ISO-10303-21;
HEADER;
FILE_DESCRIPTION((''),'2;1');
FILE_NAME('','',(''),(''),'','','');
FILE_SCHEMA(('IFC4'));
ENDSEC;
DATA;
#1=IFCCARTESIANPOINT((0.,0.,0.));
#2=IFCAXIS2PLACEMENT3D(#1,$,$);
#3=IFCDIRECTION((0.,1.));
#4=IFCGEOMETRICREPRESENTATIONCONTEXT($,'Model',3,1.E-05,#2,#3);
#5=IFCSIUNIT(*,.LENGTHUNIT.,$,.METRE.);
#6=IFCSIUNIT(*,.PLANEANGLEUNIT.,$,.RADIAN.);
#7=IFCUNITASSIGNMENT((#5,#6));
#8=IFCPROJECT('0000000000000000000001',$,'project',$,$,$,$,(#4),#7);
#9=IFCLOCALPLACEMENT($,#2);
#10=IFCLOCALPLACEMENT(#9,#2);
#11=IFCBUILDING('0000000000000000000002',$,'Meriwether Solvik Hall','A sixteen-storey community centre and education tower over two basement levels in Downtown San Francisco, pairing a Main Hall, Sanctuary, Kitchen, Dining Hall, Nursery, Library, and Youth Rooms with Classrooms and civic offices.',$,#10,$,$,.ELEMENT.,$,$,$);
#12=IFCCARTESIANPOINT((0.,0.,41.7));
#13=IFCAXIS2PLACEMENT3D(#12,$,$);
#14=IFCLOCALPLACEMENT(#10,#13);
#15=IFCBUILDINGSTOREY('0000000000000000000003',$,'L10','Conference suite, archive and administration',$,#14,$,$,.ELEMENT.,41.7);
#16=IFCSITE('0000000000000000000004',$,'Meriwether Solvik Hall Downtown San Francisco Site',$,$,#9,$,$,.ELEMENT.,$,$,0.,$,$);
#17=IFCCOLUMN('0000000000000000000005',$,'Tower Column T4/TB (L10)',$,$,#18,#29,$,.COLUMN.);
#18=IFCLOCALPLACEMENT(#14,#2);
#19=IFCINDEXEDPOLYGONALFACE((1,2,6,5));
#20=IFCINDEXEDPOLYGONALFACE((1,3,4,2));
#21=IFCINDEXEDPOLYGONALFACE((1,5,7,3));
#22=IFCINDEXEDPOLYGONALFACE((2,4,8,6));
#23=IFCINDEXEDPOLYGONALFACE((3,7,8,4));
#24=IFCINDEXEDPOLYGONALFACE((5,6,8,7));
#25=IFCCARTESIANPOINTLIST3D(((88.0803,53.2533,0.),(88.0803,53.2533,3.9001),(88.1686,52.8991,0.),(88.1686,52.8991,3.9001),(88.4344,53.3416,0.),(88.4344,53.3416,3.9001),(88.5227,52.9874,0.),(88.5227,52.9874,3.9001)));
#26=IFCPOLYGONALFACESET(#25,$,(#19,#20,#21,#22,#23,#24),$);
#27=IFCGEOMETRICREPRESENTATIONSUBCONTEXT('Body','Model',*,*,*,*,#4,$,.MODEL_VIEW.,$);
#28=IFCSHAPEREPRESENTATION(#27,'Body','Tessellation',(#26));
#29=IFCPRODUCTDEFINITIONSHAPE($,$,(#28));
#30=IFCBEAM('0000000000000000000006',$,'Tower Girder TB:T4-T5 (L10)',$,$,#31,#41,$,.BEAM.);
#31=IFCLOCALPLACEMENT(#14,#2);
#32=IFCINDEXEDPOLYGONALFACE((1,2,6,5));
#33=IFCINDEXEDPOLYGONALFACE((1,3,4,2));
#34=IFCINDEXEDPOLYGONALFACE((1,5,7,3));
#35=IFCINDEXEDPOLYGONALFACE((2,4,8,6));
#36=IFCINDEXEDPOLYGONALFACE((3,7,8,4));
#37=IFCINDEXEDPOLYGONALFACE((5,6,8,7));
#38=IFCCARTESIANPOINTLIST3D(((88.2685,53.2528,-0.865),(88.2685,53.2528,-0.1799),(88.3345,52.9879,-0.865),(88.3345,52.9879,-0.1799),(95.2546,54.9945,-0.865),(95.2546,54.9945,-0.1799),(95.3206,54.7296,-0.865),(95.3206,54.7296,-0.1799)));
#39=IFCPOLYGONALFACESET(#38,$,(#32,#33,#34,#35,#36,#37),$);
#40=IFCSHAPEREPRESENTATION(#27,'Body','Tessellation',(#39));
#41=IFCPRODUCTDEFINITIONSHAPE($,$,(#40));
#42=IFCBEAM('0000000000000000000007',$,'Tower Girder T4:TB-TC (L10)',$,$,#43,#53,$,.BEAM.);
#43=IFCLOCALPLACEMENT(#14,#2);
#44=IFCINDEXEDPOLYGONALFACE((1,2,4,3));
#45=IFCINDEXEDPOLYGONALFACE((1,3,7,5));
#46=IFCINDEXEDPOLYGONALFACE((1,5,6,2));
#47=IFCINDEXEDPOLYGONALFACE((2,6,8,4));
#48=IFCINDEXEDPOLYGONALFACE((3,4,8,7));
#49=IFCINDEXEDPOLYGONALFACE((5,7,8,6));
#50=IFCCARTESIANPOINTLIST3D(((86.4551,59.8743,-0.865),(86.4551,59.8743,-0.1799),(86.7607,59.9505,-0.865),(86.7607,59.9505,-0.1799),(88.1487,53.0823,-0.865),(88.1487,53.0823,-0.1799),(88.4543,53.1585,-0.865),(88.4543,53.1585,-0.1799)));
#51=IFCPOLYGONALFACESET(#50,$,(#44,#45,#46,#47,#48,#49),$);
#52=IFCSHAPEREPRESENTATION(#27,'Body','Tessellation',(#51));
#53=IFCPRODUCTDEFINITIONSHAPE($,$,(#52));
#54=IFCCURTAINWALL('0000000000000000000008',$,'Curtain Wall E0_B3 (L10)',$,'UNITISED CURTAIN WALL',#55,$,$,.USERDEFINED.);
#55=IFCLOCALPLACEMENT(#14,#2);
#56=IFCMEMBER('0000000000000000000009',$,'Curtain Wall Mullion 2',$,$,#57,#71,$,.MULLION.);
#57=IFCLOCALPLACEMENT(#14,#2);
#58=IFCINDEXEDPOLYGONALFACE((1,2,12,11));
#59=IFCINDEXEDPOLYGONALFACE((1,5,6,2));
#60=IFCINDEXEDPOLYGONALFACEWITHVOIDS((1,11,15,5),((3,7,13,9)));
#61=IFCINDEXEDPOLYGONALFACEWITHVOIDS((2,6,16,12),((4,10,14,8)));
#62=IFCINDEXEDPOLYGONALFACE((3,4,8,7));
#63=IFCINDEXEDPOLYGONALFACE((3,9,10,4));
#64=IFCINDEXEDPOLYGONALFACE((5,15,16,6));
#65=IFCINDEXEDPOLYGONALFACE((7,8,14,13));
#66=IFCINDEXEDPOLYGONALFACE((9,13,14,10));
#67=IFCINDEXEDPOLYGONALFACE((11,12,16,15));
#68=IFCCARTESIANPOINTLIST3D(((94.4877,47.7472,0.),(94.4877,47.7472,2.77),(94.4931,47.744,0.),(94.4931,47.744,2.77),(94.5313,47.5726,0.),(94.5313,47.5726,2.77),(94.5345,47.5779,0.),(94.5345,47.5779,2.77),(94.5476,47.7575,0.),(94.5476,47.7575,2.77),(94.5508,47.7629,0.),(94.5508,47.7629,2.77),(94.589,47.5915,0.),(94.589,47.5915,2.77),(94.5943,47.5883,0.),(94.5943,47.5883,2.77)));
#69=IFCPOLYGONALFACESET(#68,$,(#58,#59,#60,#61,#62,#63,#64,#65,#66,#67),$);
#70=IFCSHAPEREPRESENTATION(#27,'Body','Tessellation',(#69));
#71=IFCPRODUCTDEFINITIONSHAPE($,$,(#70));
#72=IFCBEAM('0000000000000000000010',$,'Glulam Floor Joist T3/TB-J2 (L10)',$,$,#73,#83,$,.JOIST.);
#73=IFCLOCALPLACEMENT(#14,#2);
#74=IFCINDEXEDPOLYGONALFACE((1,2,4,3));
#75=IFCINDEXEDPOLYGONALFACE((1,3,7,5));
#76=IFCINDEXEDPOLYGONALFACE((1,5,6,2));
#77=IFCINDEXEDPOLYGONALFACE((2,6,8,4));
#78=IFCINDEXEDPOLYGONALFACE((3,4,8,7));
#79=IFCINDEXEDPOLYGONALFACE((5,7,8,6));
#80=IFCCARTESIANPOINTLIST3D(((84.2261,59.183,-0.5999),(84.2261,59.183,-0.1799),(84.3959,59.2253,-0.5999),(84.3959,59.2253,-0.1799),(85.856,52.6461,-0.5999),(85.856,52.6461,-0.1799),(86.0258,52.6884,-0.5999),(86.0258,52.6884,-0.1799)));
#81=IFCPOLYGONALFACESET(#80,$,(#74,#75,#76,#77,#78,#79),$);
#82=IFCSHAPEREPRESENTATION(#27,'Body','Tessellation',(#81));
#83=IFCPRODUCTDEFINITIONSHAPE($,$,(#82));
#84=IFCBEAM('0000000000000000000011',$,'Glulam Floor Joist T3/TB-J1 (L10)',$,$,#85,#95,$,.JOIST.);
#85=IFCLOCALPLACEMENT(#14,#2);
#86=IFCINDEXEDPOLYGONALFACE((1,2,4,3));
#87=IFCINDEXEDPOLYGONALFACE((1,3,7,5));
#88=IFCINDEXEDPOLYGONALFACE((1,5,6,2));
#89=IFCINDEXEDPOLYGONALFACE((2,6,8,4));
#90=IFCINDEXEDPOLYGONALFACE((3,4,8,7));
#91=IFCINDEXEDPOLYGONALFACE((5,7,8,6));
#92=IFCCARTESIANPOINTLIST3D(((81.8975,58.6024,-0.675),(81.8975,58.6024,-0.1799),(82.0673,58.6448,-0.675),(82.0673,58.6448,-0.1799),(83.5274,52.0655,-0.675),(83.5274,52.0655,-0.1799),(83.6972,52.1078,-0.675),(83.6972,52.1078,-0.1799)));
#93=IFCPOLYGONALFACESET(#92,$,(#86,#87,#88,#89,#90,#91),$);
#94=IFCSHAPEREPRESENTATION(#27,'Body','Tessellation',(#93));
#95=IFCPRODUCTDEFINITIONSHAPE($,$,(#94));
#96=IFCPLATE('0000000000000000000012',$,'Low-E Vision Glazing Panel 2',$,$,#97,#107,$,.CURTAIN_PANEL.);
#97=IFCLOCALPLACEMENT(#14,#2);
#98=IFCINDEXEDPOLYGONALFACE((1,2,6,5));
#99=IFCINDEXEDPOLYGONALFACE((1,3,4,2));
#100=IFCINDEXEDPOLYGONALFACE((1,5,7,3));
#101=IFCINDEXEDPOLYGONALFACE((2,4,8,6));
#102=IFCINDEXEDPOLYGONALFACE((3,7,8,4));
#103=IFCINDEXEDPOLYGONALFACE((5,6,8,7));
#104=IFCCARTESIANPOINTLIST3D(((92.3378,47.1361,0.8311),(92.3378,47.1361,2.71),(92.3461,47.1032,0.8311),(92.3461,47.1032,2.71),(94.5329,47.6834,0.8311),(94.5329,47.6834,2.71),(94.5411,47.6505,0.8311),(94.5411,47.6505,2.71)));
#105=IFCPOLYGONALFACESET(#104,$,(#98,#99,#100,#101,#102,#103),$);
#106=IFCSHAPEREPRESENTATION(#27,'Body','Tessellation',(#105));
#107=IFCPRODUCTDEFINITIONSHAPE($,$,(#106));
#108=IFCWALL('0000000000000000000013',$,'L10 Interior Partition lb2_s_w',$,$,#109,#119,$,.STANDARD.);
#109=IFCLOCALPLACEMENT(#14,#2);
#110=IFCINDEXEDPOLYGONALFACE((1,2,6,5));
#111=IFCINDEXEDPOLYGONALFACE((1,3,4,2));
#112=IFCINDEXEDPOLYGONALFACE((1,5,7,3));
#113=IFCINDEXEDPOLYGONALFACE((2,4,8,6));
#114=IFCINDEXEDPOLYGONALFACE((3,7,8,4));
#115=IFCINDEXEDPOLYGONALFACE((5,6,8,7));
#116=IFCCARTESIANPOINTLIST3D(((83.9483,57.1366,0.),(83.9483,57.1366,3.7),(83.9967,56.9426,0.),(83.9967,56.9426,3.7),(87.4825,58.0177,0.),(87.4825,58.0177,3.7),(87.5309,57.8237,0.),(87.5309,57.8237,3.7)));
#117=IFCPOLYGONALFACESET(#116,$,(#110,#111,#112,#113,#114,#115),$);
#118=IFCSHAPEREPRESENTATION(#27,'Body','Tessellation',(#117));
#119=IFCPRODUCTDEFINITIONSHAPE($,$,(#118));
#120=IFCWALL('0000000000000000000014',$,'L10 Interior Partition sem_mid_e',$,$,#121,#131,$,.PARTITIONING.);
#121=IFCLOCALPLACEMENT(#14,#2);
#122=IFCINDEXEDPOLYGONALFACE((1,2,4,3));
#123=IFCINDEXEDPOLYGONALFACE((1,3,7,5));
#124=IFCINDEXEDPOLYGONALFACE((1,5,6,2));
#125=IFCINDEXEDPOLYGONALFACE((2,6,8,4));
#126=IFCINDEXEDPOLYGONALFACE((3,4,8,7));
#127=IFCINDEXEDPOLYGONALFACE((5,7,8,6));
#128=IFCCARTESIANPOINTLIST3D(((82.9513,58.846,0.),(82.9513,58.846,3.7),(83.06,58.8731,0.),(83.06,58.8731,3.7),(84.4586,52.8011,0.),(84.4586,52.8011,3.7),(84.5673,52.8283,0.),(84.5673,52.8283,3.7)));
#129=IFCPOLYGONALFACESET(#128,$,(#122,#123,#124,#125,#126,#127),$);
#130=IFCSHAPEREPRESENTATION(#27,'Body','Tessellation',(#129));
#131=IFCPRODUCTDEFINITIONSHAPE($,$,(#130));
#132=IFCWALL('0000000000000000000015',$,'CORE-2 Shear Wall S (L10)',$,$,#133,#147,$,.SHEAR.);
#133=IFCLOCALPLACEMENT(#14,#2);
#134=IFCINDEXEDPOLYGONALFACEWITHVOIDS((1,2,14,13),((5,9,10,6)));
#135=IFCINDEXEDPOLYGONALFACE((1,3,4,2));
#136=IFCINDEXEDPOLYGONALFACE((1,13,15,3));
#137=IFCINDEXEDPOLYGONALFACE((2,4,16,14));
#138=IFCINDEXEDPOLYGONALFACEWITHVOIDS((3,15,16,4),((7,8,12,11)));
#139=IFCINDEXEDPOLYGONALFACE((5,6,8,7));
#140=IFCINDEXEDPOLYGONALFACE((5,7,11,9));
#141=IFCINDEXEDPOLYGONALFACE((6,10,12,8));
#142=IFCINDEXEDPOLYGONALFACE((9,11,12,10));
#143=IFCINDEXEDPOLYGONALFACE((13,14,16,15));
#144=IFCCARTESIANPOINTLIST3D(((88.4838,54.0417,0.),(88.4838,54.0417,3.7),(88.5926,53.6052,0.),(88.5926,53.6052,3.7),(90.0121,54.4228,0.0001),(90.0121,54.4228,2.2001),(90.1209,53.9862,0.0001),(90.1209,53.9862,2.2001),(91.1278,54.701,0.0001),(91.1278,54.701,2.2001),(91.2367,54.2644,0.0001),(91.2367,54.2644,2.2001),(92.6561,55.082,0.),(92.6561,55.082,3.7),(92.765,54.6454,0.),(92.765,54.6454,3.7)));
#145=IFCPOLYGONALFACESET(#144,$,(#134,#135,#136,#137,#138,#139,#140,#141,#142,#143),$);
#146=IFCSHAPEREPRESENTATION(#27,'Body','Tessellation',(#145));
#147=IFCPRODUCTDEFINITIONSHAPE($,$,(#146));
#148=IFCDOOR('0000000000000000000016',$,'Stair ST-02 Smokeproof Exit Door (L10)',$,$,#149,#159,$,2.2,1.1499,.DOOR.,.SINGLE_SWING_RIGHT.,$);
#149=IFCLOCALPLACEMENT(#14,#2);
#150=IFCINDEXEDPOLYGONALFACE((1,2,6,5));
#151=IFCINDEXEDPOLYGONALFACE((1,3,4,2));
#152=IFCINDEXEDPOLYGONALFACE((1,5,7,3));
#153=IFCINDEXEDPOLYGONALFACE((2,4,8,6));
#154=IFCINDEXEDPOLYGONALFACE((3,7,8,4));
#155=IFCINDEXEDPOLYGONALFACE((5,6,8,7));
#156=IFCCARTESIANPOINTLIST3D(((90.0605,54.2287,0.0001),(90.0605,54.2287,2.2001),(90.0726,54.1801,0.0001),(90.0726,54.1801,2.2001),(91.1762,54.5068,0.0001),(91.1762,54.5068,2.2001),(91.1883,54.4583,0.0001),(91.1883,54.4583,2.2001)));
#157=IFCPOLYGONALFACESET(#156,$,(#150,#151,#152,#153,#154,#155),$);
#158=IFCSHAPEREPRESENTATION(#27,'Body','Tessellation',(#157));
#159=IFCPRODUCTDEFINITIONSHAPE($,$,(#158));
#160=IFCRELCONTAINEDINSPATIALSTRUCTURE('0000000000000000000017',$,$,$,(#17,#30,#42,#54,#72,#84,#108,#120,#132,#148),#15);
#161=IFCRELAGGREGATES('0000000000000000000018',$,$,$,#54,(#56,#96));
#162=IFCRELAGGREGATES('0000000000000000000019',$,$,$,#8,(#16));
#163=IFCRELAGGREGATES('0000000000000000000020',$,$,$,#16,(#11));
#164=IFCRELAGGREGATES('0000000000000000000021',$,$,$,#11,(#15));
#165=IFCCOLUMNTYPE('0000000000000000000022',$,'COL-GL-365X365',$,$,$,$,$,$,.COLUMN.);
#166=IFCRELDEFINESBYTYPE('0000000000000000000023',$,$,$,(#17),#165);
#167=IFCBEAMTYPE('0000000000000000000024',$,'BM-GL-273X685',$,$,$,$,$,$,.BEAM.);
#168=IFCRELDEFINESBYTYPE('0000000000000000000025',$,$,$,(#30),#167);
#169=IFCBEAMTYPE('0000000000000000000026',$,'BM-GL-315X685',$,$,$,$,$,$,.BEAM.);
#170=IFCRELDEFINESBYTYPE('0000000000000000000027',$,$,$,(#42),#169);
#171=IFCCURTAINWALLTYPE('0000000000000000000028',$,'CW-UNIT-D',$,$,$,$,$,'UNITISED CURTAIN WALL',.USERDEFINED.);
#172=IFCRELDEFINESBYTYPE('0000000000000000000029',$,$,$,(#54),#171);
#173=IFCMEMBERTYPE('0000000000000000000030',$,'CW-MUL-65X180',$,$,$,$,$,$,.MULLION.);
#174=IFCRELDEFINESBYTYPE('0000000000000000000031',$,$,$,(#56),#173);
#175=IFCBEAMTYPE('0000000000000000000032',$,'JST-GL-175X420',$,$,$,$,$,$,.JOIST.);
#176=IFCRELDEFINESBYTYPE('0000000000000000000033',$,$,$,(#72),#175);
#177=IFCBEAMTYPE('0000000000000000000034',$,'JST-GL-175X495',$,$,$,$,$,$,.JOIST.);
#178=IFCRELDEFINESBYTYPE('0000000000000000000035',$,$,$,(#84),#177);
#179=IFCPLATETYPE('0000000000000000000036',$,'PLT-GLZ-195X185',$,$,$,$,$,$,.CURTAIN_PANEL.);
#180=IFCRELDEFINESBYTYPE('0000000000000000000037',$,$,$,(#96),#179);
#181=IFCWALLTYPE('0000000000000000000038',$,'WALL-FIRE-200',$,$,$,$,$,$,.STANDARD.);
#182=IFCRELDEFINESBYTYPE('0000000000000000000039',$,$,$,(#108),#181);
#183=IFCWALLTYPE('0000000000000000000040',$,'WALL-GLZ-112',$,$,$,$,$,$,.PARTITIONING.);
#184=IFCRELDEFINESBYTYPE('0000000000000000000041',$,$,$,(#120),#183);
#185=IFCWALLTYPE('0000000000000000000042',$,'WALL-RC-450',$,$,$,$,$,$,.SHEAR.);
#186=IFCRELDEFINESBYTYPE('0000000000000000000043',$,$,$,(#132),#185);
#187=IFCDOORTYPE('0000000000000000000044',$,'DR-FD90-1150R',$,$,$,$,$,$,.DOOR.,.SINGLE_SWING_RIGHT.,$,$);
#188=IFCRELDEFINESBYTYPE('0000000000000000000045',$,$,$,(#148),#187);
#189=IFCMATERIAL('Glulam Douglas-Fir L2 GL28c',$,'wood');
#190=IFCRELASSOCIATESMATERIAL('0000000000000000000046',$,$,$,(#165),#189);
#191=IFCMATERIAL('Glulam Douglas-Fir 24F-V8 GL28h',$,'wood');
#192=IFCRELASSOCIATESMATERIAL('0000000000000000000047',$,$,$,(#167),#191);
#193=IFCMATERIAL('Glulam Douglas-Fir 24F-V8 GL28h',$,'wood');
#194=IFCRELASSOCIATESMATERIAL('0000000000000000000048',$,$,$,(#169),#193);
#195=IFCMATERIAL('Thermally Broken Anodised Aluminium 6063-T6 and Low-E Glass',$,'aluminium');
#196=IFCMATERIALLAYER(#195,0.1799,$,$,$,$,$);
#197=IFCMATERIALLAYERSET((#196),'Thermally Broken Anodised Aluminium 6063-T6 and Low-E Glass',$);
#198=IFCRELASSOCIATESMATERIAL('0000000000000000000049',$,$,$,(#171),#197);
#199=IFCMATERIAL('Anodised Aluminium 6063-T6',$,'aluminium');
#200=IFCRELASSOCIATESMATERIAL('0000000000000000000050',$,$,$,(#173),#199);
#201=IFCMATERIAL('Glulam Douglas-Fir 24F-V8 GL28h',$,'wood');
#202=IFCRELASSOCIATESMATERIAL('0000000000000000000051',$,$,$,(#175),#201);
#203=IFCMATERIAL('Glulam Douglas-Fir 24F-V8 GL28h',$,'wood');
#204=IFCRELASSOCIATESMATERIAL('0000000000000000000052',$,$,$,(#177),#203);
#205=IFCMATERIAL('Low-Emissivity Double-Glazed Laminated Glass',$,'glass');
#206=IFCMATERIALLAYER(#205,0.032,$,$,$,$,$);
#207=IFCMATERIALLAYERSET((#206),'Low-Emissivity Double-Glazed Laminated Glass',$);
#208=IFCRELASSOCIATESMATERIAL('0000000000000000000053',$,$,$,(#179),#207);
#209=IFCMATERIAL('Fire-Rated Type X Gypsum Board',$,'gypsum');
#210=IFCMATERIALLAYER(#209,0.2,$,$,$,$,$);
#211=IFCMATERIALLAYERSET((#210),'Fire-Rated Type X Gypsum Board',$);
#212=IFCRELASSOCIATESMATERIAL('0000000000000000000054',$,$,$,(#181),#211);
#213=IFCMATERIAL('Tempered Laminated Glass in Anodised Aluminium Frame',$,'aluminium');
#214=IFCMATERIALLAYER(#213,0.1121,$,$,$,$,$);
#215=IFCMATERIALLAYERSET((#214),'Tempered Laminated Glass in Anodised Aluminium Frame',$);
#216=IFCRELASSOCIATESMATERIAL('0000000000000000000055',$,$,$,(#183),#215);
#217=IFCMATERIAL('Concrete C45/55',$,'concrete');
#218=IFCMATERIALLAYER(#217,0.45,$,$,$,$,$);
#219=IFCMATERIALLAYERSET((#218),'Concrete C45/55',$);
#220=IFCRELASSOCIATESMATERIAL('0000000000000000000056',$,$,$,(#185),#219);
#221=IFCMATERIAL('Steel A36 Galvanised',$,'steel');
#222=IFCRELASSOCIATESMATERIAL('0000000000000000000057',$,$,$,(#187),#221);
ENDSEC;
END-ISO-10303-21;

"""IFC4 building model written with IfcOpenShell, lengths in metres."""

from ifc_helpers import new_model, si_unit, direction, frame, frame_2d, origin, origin_2d, place, context, subcontext, project, spatial, rectangle, hollow_rectangle, extrude, material, layer, layer_set, material_profile, profile_set, type_object, element, fill, aggregate, save


model = new_model("IFC4")

# Units and contexts
model_context = context("Model", 3, precision=1e-05, world=origin(), true_north=direction((0.0, 1.0)))
body_context = subcontext(model_context, "Body", "Model", "MODEL_VIEW")
ifc_project = project(units=[si_unit("LENGTHUNIT", "METRE"), si_unit("PLANEANGLEUNIT", "RADIAN")], contexts=[model_context])

# Site, building, storey
site_placement = place(None, origin())
site = spatial("IfcSite", under=ifc_project, at=site_placement, Name="Meriwether Solvik Hall Downtown San Francisco Site", CompositionType="ELEMENT", RefElevation=0.0)
building_placement = place(site_placement, origin())
building = spatial("IfcBuilding", under=site, at=building_placement, Name="Meriwether Solvik Hall", Description="A sixteen-storey community centre and education tower over two basement levels in Downtown San Francisco, pairing a Main Hall, Sanctuary, Kitchen, Dining Hall, Nursery, Library, and Youth Rooms with Classrooms and civic offices.", CompositionType="ELEMENT")
storey_placement = place(building_placement, frame((0.0, 0.0, 41.7)))
storey = spatial("IfcBuildingStorey", under=building, at=storey_placement, Name="L10", Description="Conference suite, archive and administration", CompositionType="ELEMENT", Elevation=41.7)

# Column
ifc_material_1 = material(Name="Glulam Douglas-Fir L2 GL28c", Category="wood")
ifc_material_profile_1 = material_profile(ifc_material_1, rectangle(XDim=0.365, YDim=0.365, at=origin_2d()), Name="GLC-365X365")
ifc_profile_set_1 = profile_set([ifc_material_profile_1], Name="Glulam Douglas-Fir L2 GL28c")
column_type = type_object("IfcColumnType", Name="COL-GL-365X365", PredefinedType="COLUMN", material=ifc_profile_set_1)
column_placement = place(storey_placement, frame((88.3015, 53.1204, 0.0), z_axis=(0.0, 0.0, 1.0), x_axis=(0.970296, 0.241922, 0.0)))
element("IfcColumn", 1, at=column_placement, inside=storey, type_object=column_type, Name="Tower Column T4/TB (L10)", PredefinedType="COLUMN", context=body_context, shape_type="SweptSolid", body=[
    extrude(rectangle(XDim=0.365, YDim=0.365, at=origin_2d()), origin(), (0.0, 0.0, 1.0), 3.9001),
])

# Beams
ifc_material_2 = material(Name="Glulam Douglas-Fir 24F-V8 GL28h", Category="wood")
ifc_material_profile_2 = material_profile(ifc_material_2, rectangle(XDim=0.2729, YDim=0.6851, at=origin_2d()), Name="GLB-273X685")
ifc_profile_set_2 = profile_set([ifc_material_profile_2], Name="Glulam Douglas-Fir 24F-V8 GL28h")
beam_type_1 = type_object("IfcBeamType", Name="BM-GL-273X685", PredefinedType="BEAM", material=ifc_profile_set_2)
beam_1_placement = place(storey_placement, frame((88.3015, 53.1204, -0.5225), z_axis=(0.9703, 0.241905, 0.0), x_axis=(-0.241905, 0.9703, 0.0)))
element("IfcBeam", 2, at=beam_1_placement, inside=storey, type_object=beam_type_1, Name="Tower Girder TB:T4-T5 (L10)", PredefinedType="BEAM", context=body_context, shape_type="SweptSolid", body=[
    extrude(rectangle(XDim=0.2729, YDim=0.6851, at=origin_2d()), origin(), (0.0, 0.0, 1.0), 7.2),
])
ifc_material_3 = material(Name="Glulam Douglas-Fir 24F-V8 GL28h", Category="wood")
ifc_material_profile_3 = material_profile(ifc_material_3, rectangle(XDim=0.3149, YDim=0.6851, at=origin_2d()), Name="GLB-315X685")
ifc_profile_set_3 = profile_set([ifc_material_profile_3], Name="Glulam Douglas-Fir 24F-V8 GL28h")
beam_type_2 = type_object("IfcBeamType", Name="BM-GL-315X685", PredefinedType="BEAM", material=ifc_profile_set_3)
beam_2_placement = place(storey_placement, frame((88.3015, 53.1204, -0.5225), z_axis=(-0.241945, 0.97029, 0.0), x_axis=(-0.97029, -0.241945, 0.0)))
element("IfcBeam", 3, at=beam_2_placement, inside=storey, type_object=beam_type_2, Name="Tower Girder T4:TB-TC (L10)", PredefinedType="BEAM", context=body_context, shape_type="SweptSolid", body=[
    extrude(rectangle(XDim=0.3149, YDim=0.6851, at=origin_2d()), origin(), (0.0, 0.0, 1.0), 7.0),
])

# Curtain wall, member
ifc_material_4 = material(Name="Thermally Broken Anodised Aluminium 6063-T6 and Low-E Glass", Category="aluminium")
ifc_layer_1 = layer(ifc_material_4, 0.1799)
ifc_layer_set_1 = layer_set([ifc_layer_1], Name="Thermally Broken Anodised Aluminium 6063-T6 and Low-E Glass")
curtain_wall_type = type_object("IfcCurtainWallType", Name="CW-UNIT-D", ElementType="UNITISED CURTAIN WALL", PredefinedType="USERDEFINED", material=ifc_layer_set_1)
curtain_wall_placement = place(storey_placement, origin())
curtain_wall = element("IfcCurtainWall", 4, at=curtain_wall_placement, inside=storey, type_object=curtain_wall_type, Name="Curtain Wall E0_B3 (L10)", ObjectType="UNITISED CURTAIN WALL", PredefinedType="USERDEFINED")
ifc_material_5 = material(Name="Anodised Aluminium 6063-T6", Category="aluminium")
ifc_material_profile_4 = material_profile(ifc_material_5, hollow_rectangle(XDim=0.0649, YDim=0.1799, WallThickness=0.0044, at=origin_2d()), Name="CWM-65X180")
ifc_profile_set_4 = profile_set([ifc_material_profile_4], Name="Anodised Aluminium 6063-T6")
member_type = type_object("IfcMemberType", Name="CW-MUL-65X180", PredefinedType="MULLION", material=ifc_profile_set_4)
member_placement = place(storey_placement, frame((94.541, 47.6677, 0.0), z_axis=(0.0, 0.0, 1.0), x_axis=(-0.970296, -0.241922, 0.0)))
member = element("IfcMember", 5, at=member_placement, type_object=member_type, Name="Curtain Wall Mullion 2", PredefinedType="MULLION", context=body_context, shape_type="SweptSolid", body=[
    extrude(hollow_rectangle(XDim=0.0649, YDim=0.1799, WallThickness=0.0044, at=origin_2d()), origin(), (0.0, 0.0, 1.0), 2.77),
])

# Beams
ifc_material_6 = material(Name="Glulam Douglas-Fir 24F-V8 GL28h", Category="wood")
ifc_material_profile_5 = material_profile(ifc_material_6, rectangle(XDim=0.175, YDim=0.4199, at=origin_2d()), Name="GLJ-175X420")
ifc_profile_set_5 = profile_set([ifc_material_profile_5], Name="Glulam Douglas-Fir 24F-V8 GL28h")
beam_type_3 = type_object("IfcBeamType", Name="JST-GL-175X420", PredefinedType="JOIST", material=ifc_profile_set_5)
beam_3_placement = place(storey_placement, frame((85.9409, 52.6672, -0.3899), z_axis=(-0.24193, 0.970294, 0.0), x_axis=(-0.970294, -0.24193, 0.0)))
element("IfcBeam", 6, at=beam_3_placement, inside=storey, type_object=beam_type_3, Name="Glulam Floor Joist T3/TB-J2 (L10)", PredefinedType="JOIST", context=body_context, shape_type="SweptSolid", body=[
    extrude(rectangle(XDim=0.175, YDim=0.4199, at=origin_2d()), origin(), (0.0, 0.0, 1.0), 6.7371),
])
ifc_material_7 = material(Name="Glulam Douglas-Fir 24F-V8 GL28h", Category="wood")
ifc_material_profile_6 = material_profile(ifc_material_7, rectangle(XDim=0.175, YDim=0.4951, at=origin_2d()), Name="GLJ-175X495")
ifc_profile_set_6 = profile_set([ifc_material_profile_6], Name="Glulam Douglas-Fir 24F-V8 GL28h")
beam_type_4 = type_object("IfcBeamType", Name="JST-GL-175X495", PredefinedType="JOIST", material=ifc_profile_set_6)
beam_4_placement = place(storey_placement, frame((83.6123, 52.0867, -0.4275), z_axis=(-0.24193, 0.970294, 0.0), x_axis=(-0.970294, -0.24193, 0.0)))
element("IfcBeam", 7, at=beam_4_placement, inside=storey, type_object=beam_type_4, Name="Glulam Floor Joist T3/TB-J1 (L10)", PredefinedType="JOIST", context=body_context, shape_type="SweptSolid", body=[
    extrude(rectangle(XDim=0.175, YDim=0.4951, at=origin_2d()), origin(), (0.0, 0.0, 1.0), 6.7371),
])

# Plate
ifc_material_8 = material(Name="Low-Emissivity Double-Glazed Laminated Glass", Category="glass")
ifc_layer_2 = layer(ifc_material_8, 0.032)
ifc_layer_set_2 = layer_set([ifc_layer_2], Name="Low-Emissivity Double-Glazed Laminated Glass")
plate_type = type_object("IfcPlateType", Name="PLT-GLZ-195X185", PredefinedType="CURTAIN_PANEL", material=ifc_layer_set_2)
plate_placement = place(storey_placement, frame((93.4395, 47.3933, 0.8311), z_axis=(0.0, 0.0, 1.0), x_axis=(-0.970296, -0.241922, 0.0)))
plate = element("IfcPlate", 8, at=plate_placement, type_object=plate_type, Name="Low-E Vision Glazing Panel 2", PredefinedType="CURTAIN_PANEL", context=body_context, shape_type="SweptSolid", body=[
    extrude(rectangle(XDim=2.2622, YDim=0.0339, at=origin_2d()), origin(), (0.0, 0.0, 1.0), 1.8789),
])
aggregate(curtain_wall, [member, plate])

# Walls
ifc_material_9 = material(Name="Fire-Rated Type X Gypsum Board", Category="gypsum")
ifc_layer_3 = layer(ifc_material_9, 0.2)
ifc_layer_set_3 = layer_set([ifc_layer_3], Name="Fire-Rated Type X Gypsum Board")
wall_type_1 = type_object("IfcWallType", Name="WALL-FIRE-200", PredefinedType="STANDARD", material=ifc_layer_set_3)
wall_1_placement = place(storey_placement, frame((83.9724, 57.0396, 0.0), z_axis=(0.0, 0.0, 1.0), x_axis=(0.9703, 0.241905, 0.0)))
element("IfcWall", 9, at=wall_1_placement, inside=storey, type_object=wall_type_1, Name="L10 Interior Partition lb2_s_w", PredefinedType="STANDARD", context=body_context, shape_type="SweptSolid", body=[
    extrude(rectangle(XDim=3.6423, YDim=0.2, at=frame_2d((1.8213, 0.0))), origin(), (0.0, 0.0, 1.0), 3.7),
])
ifc_material_10 = material(Name="Tempered Laminated Glass in Anodised Aluminium Frame", Category="aluminium")
ifc_layer_4 = layer(ifc_material_10, 0.1121)
ifc_layer_set_4 = layer_set([ifc_layer_4], Name="Tempered Laminated Glass in Anodised Aluminium Frame")
wall_type_2 = type_object("IfcWallType", Name="WALL-GLZ-112", PredefinedType="PARTITIONING", material=ifc_layer_set_4)
wall_2_placement = place(storey_placement, frame((84.5129, 52.8147, 0.0), z_axis=(0.0, 0.0, 1.0), x_axis=(-0.241945, 0.97029, 0.0)))
element("IfcWall", 10, at=wall_2_placement, inside=storey, type_object=wall_type_2, Name="L10 Interior Partition sem_mid_e", PredefinedType="PARTITIONING", context=body_context, shape_type="SweptSolid", body=[
    extrude(rectangle(XDim=6.23, YDim=0.1121, at=frame_2d((3.115, 0.0))), origin(), (0.0, 0.0, 1.0), 3.7),
])

# Wall, opening, door
ifc_material_11 = material(Name="Concrete C45/55", Category="concrete")
ifc_layer_5 = layer(ifc_material_11, 0.45)
ifc_layer_set_5 = layer_set([ifc_layer_5], Name="Concrete C45/55")
wall_type_3 = type_object("IfcWallType", Name="WALL-RC-450", PredefinedType="SHEAR", material=ifc_layer_set_5)
wall_3_placement = place(storey_placement, frame((88.5383, 53.8235, 0.0), z_axis=(0.0, 0.0, 1.0), x_axis=(0.970296, 0.241921, 0.0)))
wall_3 = element("IfcWall", 11, at=wall_3_placement, inside=storey, type_object=wall_type_3, Name="CORE-2 Shear Wall S (L10)", PredefinedType="SHEAR", context=body_context, shape_type="SweptSolid", body=[
    extrude(rectangle(XDim=4.3, YDim=0.45, at=frame_2d((2.1499, 0.0))), origin(), (0.0, 0.0, 1.0), 3.7),
])
opening_1_placement = place(wall_3_placement, frame((1.575, 0.0, 0.0)))
opening_1 = element("IfcOpeningElement", 12, at=opening_1_placement, cuts=wall_3, PredefinedType="OPENING", context=body_context, shape_type="SweptSolid", body=[
    extrude(rectangle(XDim=1.1499, YDim=2.2, at=frame_2d((0.575, 1.1001))), frame((0.0, 0.2368, 0.0), z_axis=(0.0, -1.0, 0.0), x_axis=(1.0, 0.0, 0.0)), (0.0, 0.0, 1.0), 0.4739),
])
ifc_material_12 = material(Name="Steel A36 Galvanised", Category="steel")
door_type_1 = type_object("IfcDoorType", Name="DR-FD90-1150R", OperationType="SINGLE_SWING_RIGHT", PredefinedType="DOOR", material=ifc_material_12)
door_1_placement = place(opening_1_placement, origin())
door_1 = element("IfcDoor", 13, at=door_1_placement, inside=storey, type_object=door_type_1, Name="Stair ST-02 Smokeproof Exit Door (L10)", OperationType="SINGLE_SWING_RIGHT", OverallHeight=2.2, OverallWidth=1.1499, PredefinedType="DOOR", context=body_context, shape_type="SweptSolid", body=[
    extrude(rectangle(XDim=1.1499, YDim=2.2, at=frame_2d((0.575, 1.1001))), frame((0.0, 0.0249, 0.0), z_axis=(0.0, -1.0, 0.0), x_axis=(1.0, 0.0, 0.0)), (0.0, 0.0, 1.0), 0.05),
])
fill(opening_1, door_1)

save(model, "model.ifc")
